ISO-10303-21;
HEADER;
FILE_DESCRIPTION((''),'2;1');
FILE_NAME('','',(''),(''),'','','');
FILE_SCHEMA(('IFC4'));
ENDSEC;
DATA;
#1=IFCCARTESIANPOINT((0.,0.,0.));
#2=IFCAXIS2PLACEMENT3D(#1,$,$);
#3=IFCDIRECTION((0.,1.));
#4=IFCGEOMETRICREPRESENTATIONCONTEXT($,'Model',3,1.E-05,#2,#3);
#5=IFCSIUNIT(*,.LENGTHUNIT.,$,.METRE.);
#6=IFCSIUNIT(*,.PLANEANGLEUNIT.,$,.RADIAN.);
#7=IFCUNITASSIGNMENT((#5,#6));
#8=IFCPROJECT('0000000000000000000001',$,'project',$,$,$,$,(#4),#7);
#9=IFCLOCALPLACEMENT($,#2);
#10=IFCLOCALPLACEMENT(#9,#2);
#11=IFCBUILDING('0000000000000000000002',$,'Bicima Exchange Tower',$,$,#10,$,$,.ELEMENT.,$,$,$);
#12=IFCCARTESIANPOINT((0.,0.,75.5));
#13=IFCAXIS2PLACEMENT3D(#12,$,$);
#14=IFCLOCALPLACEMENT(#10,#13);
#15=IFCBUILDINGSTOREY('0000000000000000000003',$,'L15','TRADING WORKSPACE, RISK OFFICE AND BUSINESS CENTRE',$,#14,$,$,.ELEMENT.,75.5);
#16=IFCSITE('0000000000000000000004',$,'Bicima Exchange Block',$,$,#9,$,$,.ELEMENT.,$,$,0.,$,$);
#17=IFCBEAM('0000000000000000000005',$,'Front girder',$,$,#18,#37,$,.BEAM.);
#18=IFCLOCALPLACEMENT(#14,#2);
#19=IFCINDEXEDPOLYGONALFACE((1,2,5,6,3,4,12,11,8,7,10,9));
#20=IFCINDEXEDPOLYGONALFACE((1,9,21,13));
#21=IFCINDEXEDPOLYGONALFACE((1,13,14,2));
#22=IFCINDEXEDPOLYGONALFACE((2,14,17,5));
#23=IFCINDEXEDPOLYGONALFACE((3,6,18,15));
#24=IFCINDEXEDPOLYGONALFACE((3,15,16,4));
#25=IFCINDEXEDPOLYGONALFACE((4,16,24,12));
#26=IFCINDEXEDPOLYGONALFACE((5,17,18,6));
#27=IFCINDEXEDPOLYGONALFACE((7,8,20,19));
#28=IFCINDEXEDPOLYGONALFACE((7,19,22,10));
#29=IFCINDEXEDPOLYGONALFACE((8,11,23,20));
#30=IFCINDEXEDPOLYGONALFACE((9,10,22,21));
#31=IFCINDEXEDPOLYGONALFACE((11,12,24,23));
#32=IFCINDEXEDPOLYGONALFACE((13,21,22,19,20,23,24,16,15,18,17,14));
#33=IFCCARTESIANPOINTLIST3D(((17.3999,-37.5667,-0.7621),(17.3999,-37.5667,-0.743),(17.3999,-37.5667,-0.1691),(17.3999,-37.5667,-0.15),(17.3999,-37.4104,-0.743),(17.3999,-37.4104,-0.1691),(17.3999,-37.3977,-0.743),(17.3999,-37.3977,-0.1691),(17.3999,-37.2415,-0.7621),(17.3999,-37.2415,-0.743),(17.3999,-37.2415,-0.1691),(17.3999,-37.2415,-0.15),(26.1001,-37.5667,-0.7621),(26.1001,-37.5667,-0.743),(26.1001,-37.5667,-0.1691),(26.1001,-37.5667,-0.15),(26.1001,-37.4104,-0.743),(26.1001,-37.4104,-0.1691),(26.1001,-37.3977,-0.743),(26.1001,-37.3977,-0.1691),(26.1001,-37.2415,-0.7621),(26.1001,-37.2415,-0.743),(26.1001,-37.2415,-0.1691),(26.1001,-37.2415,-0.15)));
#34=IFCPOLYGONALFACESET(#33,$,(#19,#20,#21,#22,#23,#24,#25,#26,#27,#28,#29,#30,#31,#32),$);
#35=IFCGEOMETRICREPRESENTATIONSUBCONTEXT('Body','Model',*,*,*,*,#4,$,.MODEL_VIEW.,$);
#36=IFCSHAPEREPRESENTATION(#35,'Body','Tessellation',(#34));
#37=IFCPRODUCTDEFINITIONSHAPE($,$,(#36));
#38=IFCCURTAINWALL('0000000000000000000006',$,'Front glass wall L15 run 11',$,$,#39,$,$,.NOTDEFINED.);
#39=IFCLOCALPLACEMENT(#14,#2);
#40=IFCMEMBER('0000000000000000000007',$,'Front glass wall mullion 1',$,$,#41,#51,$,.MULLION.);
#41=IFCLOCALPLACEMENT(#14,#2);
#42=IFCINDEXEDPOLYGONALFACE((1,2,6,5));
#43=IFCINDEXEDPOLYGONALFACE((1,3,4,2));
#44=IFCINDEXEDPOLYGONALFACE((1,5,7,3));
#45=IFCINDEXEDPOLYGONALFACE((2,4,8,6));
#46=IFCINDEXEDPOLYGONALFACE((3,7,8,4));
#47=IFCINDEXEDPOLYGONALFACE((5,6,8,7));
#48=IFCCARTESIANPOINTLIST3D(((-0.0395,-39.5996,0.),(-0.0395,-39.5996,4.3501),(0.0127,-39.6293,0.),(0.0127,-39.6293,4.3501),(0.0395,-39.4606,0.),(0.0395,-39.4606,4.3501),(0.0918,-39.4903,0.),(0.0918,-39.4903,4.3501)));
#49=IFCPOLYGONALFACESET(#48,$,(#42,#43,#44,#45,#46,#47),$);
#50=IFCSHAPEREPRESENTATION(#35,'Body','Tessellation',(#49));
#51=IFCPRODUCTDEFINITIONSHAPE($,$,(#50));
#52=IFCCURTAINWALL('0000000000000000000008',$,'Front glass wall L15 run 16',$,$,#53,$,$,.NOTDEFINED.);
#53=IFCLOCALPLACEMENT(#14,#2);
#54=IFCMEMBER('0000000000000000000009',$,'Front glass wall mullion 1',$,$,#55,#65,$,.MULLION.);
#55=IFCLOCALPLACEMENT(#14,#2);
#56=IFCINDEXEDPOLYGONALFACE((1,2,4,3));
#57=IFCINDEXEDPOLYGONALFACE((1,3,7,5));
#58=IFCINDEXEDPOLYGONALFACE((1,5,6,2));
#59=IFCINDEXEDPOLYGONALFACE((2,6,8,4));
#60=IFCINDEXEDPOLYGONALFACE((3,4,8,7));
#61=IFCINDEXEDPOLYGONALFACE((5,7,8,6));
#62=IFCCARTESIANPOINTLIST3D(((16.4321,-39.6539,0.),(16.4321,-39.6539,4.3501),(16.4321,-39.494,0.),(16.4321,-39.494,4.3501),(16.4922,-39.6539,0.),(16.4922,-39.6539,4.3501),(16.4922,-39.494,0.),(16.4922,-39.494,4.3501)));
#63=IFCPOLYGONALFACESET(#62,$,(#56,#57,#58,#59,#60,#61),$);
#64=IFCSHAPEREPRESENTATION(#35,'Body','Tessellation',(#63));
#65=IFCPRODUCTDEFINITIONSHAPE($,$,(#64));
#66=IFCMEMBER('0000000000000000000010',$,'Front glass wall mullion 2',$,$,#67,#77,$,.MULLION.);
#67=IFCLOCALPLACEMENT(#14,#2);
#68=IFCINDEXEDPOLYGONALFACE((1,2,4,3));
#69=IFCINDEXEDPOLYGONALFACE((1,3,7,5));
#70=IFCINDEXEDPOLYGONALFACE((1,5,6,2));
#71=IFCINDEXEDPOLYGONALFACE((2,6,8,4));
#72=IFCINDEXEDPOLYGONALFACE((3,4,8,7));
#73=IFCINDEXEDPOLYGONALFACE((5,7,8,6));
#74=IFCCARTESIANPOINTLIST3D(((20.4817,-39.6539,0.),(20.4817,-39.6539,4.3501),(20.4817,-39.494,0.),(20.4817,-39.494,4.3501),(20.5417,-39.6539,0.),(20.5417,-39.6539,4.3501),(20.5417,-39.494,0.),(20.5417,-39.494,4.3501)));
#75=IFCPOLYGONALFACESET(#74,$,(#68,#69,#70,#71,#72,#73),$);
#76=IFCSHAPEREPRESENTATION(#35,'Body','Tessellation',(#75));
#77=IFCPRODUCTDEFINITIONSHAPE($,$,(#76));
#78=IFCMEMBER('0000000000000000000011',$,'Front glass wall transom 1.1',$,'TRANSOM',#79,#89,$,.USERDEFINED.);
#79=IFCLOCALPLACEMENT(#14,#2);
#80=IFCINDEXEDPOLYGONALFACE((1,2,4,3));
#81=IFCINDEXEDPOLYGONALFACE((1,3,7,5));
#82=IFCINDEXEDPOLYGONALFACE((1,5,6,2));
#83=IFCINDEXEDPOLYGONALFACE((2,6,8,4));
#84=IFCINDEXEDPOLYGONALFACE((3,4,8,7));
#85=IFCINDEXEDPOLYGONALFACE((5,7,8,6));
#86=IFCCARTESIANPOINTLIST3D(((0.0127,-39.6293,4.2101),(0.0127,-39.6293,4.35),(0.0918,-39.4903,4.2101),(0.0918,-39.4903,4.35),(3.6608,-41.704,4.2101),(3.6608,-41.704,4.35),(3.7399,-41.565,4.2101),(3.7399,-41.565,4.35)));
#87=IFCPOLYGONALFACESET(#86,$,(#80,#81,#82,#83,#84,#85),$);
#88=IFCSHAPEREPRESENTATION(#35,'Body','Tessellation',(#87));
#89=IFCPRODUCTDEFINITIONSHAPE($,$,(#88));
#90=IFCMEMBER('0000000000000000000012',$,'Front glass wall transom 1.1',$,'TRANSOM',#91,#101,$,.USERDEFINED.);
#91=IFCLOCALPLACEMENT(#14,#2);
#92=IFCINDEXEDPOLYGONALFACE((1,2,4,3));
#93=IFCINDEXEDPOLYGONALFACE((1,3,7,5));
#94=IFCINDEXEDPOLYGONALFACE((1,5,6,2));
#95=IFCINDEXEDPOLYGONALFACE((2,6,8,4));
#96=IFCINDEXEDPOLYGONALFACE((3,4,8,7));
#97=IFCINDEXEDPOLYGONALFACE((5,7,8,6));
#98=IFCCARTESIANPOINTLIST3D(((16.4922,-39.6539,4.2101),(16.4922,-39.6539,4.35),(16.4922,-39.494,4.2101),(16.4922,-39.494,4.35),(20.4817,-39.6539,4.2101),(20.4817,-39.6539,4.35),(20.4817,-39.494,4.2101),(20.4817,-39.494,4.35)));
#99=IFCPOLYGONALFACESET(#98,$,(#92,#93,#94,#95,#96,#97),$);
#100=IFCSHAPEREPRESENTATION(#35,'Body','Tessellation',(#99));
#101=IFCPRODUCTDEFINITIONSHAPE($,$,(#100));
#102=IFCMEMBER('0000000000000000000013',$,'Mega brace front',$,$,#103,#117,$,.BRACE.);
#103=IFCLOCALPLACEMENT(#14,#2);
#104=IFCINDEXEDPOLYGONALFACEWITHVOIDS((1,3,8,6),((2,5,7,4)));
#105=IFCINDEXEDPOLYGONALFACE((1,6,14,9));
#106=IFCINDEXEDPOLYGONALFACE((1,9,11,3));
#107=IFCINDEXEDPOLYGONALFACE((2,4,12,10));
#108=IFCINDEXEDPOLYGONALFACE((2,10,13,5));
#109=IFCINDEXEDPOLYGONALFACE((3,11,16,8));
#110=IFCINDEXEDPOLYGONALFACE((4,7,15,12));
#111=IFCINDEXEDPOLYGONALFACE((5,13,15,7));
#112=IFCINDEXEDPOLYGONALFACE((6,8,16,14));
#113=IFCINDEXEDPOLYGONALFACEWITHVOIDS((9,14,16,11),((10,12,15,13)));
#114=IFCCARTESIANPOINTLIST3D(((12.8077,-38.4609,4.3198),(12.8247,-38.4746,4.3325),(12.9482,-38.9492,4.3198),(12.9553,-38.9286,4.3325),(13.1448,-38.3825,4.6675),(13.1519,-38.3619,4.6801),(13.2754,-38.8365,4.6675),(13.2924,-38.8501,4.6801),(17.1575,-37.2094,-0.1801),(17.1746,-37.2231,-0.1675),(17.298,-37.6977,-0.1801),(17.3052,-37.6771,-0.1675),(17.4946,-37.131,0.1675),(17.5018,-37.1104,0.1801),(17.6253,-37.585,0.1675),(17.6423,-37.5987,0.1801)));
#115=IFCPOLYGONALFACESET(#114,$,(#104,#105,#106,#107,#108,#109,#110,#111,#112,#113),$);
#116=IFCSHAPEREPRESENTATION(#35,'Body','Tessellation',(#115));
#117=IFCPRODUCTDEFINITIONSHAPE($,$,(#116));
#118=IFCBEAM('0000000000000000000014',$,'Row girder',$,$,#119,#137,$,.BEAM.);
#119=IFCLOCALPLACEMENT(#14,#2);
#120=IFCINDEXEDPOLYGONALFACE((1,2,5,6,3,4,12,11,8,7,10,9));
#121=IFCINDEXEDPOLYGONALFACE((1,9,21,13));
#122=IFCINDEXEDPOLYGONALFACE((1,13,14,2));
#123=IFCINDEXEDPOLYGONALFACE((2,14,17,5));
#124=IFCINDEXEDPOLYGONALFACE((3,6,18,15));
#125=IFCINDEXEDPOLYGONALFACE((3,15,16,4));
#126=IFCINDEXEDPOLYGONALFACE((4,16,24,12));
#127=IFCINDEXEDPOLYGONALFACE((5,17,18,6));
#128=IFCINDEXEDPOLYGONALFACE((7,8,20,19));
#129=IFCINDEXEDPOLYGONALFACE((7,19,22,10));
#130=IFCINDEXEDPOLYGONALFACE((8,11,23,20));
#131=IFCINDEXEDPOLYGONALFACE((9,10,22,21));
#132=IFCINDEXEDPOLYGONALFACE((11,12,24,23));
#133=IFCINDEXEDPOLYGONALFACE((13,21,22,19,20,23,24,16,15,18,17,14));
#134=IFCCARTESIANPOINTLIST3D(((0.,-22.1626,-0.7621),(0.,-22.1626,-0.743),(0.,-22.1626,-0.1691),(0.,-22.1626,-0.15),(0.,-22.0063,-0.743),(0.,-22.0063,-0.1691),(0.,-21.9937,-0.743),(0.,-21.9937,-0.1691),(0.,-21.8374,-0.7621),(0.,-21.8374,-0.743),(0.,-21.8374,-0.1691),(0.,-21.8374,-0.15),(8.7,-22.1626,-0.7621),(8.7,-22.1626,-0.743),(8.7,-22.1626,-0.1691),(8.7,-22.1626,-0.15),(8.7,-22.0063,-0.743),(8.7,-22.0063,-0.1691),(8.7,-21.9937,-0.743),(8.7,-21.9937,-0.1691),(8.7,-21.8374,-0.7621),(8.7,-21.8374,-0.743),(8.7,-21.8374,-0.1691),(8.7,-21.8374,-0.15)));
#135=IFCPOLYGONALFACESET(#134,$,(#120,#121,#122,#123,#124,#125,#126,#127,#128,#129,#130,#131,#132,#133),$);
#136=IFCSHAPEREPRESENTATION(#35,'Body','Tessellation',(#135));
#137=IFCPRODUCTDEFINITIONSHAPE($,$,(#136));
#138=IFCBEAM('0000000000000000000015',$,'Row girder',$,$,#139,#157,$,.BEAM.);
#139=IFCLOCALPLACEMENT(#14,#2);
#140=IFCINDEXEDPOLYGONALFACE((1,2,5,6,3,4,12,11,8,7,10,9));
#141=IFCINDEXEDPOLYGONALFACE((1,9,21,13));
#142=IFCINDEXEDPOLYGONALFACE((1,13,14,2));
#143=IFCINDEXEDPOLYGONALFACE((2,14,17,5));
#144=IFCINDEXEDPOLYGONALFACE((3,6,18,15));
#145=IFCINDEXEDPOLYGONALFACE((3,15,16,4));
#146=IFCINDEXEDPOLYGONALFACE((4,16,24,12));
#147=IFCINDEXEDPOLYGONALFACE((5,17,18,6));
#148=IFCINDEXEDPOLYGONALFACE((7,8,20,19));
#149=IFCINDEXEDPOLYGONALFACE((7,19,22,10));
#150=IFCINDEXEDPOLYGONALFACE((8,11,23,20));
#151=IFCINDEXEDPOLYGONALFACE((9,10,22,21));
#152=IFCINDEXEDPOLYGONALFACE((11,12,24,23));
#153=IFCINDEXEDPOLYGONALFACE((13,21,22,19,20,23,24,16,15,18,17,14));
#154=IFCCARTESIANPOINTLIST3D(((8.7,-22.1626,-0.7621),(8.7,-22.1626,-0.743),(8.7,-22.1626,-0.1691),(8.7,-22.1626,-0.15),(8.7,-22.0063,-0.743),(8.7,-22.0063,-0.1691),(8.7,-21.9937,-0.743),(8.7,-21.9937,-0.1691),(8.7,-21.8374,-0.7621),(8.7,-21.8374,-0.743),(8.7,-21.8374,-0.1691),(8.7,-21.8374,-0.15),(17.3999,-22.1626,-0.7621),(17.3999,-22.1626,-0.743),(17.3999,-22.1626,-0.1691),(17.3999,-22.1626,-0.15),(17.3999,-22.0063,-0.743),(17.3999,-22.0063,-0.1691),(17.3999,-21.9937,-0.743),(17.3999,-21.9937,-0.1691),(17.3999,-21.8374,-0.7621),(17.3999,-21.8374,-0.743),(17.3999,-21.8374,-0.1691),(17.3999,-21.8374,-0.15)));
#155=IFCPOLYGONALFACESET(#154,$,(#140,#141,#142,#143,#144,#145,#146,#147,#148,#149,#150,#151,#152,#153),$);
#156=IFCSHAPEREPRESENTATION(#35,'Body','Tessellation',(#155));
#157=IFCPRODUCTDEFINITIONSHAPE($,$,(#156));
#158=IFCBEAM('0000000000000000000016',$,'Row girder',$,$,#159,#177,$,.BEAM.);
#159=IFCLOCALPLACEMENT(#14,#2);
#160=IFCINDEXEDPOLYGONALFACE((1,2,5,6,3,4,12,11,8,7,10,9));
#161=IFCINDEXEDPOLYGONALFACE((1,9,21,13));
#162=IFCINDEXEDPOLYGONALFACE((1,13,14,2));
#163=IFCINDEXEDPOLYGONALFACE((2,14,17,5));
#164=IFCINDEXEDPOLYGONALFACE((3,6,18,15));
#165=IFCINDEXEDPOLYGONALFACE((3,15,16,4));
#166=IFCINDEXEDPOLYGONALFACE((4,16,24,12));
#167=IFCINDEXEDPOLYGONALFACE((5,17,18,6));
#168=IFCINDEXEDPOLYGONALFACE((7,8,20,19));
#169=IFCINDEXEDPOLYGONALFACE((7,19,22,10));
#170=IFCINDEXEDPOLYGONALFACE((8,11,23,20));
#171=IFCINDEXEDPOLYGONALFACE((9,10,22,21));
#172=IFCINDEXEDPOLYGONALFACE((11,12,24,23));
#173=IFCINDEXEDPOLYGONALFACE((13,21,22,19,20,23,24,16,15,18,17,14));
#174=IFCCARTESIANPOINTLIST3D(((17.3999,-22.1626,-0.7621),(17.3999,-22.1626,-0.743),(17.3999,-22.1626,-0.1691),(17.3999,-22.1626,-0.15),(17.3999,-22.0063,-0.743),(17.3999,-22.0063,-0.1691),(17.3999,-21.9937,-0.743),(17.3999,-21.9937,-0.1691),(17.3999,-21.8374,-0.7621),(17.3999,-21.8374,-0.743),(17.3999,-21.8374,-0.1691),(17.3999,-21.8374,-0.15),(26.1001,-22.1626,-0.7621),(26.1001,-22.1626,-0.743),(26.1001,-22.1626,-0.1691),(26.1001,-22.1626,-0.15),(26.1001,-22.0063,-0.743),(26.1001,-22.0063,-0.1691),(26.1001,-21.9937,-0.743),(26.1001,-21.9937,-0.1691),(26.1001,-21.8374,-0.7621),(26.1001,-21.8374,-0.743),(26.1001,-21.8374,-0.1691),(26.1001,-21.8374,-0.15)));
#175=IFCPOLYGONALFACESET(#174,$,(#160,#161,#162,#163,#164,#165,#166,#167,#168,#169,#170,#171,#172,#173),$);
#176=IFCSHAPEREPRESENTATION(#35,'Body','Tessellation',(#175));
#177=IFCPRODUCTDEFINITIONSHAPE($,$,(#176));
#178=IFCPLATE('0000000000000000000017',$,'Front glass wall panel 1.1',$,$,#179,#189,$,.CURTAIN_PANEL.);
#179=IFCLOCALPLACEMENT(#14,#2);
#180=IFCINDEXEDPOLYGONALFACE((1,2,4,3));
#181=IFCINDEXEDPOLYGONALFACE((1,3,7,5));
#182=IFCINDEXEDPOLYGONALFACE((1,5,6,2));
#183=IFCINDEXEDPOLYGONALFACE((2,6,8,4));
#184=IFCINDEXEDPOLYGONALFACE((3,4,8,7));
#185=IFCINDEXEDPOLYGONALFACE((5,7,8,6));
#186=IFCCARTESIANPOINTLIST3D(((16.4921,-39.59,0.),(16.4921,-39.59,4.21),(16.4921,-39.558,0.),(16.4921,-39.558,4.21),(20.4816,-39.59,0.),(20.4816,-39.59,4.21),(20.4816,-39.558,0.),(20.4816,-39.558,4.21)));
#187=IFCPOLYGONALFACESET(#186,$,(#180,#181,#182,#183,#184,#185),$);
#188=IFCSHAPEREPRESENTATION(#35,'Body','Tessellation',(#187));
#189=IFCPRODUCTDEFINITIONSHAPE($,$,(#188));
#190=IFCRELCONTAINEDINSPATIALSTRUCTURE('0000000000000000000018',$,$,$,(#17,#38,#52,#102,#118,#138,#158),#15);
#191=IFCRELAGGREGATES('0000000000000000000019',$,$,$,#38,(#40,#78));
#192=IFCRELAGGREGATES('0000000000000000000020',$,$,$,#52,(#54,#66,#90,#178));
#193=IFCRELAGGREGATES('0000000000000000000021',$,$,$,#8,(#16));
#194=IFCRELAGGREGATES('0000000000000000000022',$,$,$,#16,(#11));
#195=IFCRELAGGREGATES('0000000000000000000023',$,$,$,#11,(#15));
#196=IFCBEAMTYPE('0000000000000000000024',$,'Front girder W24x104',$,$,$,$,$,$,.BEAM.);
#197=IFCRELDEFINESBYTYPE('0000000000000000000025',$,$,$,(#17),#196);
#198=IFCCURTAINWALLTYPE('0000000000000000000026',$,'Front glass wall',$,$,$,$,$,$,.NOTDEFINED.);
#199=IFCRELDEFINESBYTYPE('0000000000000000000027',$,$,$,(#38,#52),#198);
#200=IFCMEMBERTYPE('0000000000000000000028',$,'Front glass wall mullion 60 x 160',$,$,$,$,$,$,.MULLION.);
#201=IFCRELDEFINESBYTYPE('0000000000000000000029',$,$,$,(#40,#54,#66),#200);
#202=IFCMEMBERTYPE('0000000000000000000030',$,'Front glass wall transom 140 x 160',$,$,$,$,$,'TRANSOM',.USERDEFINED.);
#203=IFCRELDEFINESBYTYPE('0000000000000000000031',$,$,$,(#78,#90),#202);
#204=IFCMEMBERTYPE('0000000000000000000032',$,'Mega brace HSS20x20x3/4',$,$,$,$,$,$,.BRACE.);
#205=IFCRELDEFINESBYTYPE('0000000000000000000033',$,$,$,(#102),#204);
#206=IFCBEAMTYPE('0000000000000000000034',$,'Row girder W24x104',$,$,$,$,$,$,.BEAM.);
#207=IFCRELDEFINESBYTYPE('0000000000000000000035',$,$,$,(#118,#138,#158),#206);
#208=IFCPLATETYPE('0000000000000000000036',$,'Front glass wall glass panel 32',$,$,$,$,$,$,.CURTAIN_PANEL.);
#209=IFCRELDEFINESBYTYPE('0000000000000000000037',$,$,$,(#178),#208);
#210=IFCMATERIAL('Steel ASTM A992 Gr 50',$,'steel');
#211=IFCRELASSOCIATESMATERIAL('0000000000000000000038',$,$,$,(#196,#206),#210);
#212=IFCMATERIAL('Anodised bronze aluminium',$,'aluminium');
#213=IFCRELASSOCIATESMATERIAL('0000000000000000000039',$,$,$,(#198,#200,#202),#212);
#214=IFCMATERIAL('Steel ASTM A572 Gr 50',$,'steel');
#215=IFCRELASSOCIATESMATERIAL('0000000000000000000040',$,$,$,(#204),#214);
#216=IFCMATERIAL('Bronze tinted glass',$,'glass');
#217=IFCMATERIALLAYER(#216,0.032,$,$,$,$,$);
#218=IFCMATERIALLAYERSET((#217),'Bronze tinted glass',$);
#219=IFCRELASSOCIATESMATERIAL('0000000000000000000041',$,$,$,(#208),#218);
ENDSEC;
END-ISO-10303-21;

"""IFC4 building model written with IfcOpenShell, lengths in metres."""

from ifc_helpers import new_model, si_unit, direction, frame, origin, origin_2d, place, context, subcontext, project, spatial, rectangle, hollow_rectangle, i_section, extrude, material, layer, layer_set, material_profile, profile_set, type_object, element, aggregate, save


model = new_model("IFC4")

# Units and contexts
model_context = context("Model", 3, precision=1e-05, world=origin(), true_north=direction((0.0, 1.0)))
body_context = subcontext(model_context, "Body", "Model", "MODEL_VIEW")
ifc_project = project(units=[si_unit("LENGTHUNIT", "METRE"), si_unit("PLANEANGLEUNIT", "RADIAN")], contexts=[model_context])

# Site, building, storey
site_placement = place(None, origin())
site = spatial("IfcSite", under=ifc_project, at=site_placement, Name="Bicima Exchange Block", CompositionType="ELEMENT", RefElevation=0.0)
building_placement = place(site_placement, origin())
building = spatial("IfcBuilding", under=site, at=building_placement, Name="Bicima Exchange Tower", CompositionType="ELEMENT")
storey_placement = place(building_placement, frame((0.0, 0.0, 75.5)))
storey = spatial("IfcBuildingStorey", under=building, at=storey_placement, Name="L15", Description="TRADING WORKSPACE, RISK OFFICE AND BUSINESS CENTRE", CompositionType="ELEMENT", Elevation=75.5)

# Shared definitions
ifc_material_1 = material(Name="Steel ASTM A992 Gr 50", Category="steel")

# Beam
ifc_material_profile_1 = material_profile(ifc_material_1, i_section(OverallWidth=0.3252, OverallDepth=0.6121, WebThickness=0.0127, FlangeThickness=0.019, at=origin_2d()))
ifc_profile_set_1 = profile_set([ifc_material_profile_1], Name="Steel ASTM A992 Gr 50")
beam_type_1 = type_object("IfcBeamType", Name="Front girder W24x104", PredefinedType="BEAM", material=ifc_profile_set_1)
beam_1_placement = place(storey_placement, frame((17.3999, -37.4041, -0.4561), z_axis=(1.0, 0.0, 0.0), x_axis=(0.0, 1.0, 0.0)))
element("IfcBeam", 1, at=beam_1_placement, inside=storey, type_object=beam_type_1, Name="Front girder", PredefinedType="BEAM", context=body_context, shape_type="SweptSolid", body=[
    extrude(i_section(OverallWidth=0.3252, OverallDepth=0.6121, WebThickness=0.0127, FlangeThickness=0.019, at=origin_2d()), origin(), (0.0, 0.0, 1.0), 8.7002),
])

# Curtain wall, member
ifc_material_2 = material(Name="Anodised bronze aluminium", Category="aluminium")
curtain_wall_type = type_object("IfcCurtainWallType", Name="Front glass wall", PredefinedType="NOTDEFINED", material=ifc_material_2)
curtain_wall_1_placement = place(storey_placement, origin())
curtain_wall_1 = element("IfcCurtainWall", 2, at=curtain_wall_1_placement, inside=storey, type_object=curtain_wall_type, Name="Front glass wall L15 run 11", PredefinedType="NOTDEFINED")
ifc_material_profile_2 = material_profile(ifc_material_2, rectangle(XDim=0.1599, YDim=0.0601, at=origin_2d()))
ifc_profile_set_2 = profile_set([ifc_material_profile_2], Name="Anodised bronze aluminium")
member_type_1 = type_object("IfcMemberType", Name="Front glass wall mullion 60 x 160", PredefinedType="MULLION", material=ifc_profile_set_2)
member_1_placement = place(storey_placement, frame((0.0261, -39.5449, 0.0), z_axis=(0.0, 0.0, 1.0), x_axis=(0.49433, 0.869274, 0.0)))
member_1 = element("IfcMember", 3, at=member_1_placement, type_object=member_type_1, Name="Front glass wall mullion 1", PredefinedType="MULLION", context=body_context, shape_type="SweptSolid", body=[
    extrude(rectangle(XDim=0.1599, YDim=0.0601, at=origin_2d()), origin(), (0.0, 0.0, 1.0), 4.3501),
])

# Curtain wall, members
curtain_wall_2_placement = place(storey_placement, origin())
curtain_wall_2 = element("IfcCurtainWall", 4, at=curtain_wall_2_placement, inside=storey, type_object=curtain_wall_type, Name="Front glass wall L15 run 16", PredefinedType="NOTDEFINED")
member_2_placement = place(storey_placement, frame((16.4622, -39.574, 0.0), z_axis=(0.0, 0.0, 1.0), x_axis=(0.0, 1.0, 0.0)))
member_2 = element("IfcMember", 5, at=member_2_placement, type_object=member_type_1, Name="Front glass wall mullion 1", PredefinedType="MULLION", context=body_context, shape_type="SweptSolid", body=[
    extrude(rectangle(XDim=0.1599, YDim=0.0601, at=origin_2d()), origin(), (0.0, 0.0, 1.0), 4.3501),
])
member_3_placement = place(storey_placement, frame((20.5117, -39.574, 0.0), z_axis=(0.0, 0.0, 1.0), x_axis=(0.0, 1.0, 0.0)))
member_3 = element("IfcMember", 6, at=member_3_placement, type_object=member_type_1, Name="Front glass wall mullion 2", PredefinedType="MULLION", context=body_context, shape_type="SweptSolid", body=[
    extrude(rectangle(XDim=0.1599, YDim=0.0601, at=origin_2d()), origin(), (0.0, 0.0, 1.0), 4.3501),
])

# Members
ifc_material_profile_3 = material_profile(ifc_material_2, rectangle(XDim=0.1599, YDim=0.1399, at=origin_2d()))
ifc_profile_set_3 = profile_set([ifc_material_profile_3], Name="Anodised bronze aluminium")
member_type_2 = type_object("IfcMemberType", Name="Front glass wall transom 140 x 160", ElementType="TRANSOM", PredefinedType="USERDEFINED", material=ifc_profile_set_3)
member_4_placement = place(storey_placement, frame((0.0522, -39.5598, 4.28), z_axis=(0.869265, -0.494346, 0.0), x_axis=(0.494346, 0.869265, 0.0)))
member_4 = element("IfcMember", 7, at=member_4_placement, type_object=member_type_2, Name="Front glass wall transom 1.1", ObjectType="TRANSOM", PredefinedType="USERDEFINED", context=body_context, shape_type="SweptSolid", body=[
    extrude(rectangle(XDim=0.1599, YDim=0.1399, at=origin_2d()), origin(), (0.0, 0.0, 1.0), 4.1968),
])
aggregate(curtain_wall_1, [member_1, member_4])
member_5_placement = place(storey_placement, frame((16.4922, -39.574, 4.28), z_axis=(1.0, 0.0, 0.0), x_axis=(0.0, 1.0, 0.0)))
member_5 = element("IfcMember", 8, at=member_5_placement, type_object=member_type_2, Name="Front glass wall transom 1.1", ObjectType="TRANSOM", PredefinedType="USERDEFINED", context=body_context, shape_type="SweptSolid", body=[
    extrude(rectangle(XDim=0.1599, YDim=0.1399, at=origin_2d()), origin(), (0.0, 0.0, 1.0), 3.9895),
])
ifc_material_3 = material(Name="Steel ASTM A572 Gr 50", Category="steel")
ifc_material_profile_4 = material_profile(ifc_material_3, hollow_rectangle(XDim=0.5081, YDim=0.5081, WallThickness=0.0178, at=origin_2d()))
ifc_profile_set_4 = profile_set([ifc_material_profile_4], Name="Steel ASTM A572 Gr 50")
member_type_3 = type_object("IfcMemberType", Name="Mega brace HSS20x20x3/4", PredefinedType="BRACE", material=ifc_profile_set_4)
member_6_placement = place(storey_placement, frame((17.3999, -37.4041, 0.0), z_axis=(-0.681519, -0.196075, 0.705044), x_axis=(0.276487, -0.961018, 0.0)))
element("IfcMember", 9, at=member_6_placement, inside=storey, type_object=member_type_3, Name="Mega brace front", PredefinedType="BRACE", context=body_context, shape_type="SweptSolid", body=[
    extrude(hollow_rectangle(XDim=0.5081, YDim=0.5081, WallThickness=0.0178, at=origin_2d()), origin(), (0.0, 0.0, 1.0), 6.3826),
])

# Beams
beam_type_2 = type_object("IfcBeamType", Name="Row girder W24x104", PredefinedType="BEAM", material=ifc_profile_set_1)
for number, where, z_axis, x_axis, name in (
    (10, (0.0, -22.0, -0.4561), (1.0, 0.0, 0.0), (0.0, 1.0, 0.0), "Row girder"),
    (11, (8.7, -22.0, -0.4561), (1.0, 0.0, 0.0), (0.0, 1.0, 0.0), "Row girder"),
):
    element("IfcBeam", number, at=place(storey_placement, frame(where, z_axis=z_axis, x_axis=x_axis)), inside=storey, type_object=beam_type_2, Name=name, PredefinedType="BEAM", context=body_context, shape_type="SweptSolid", body=[
        extrude(i_section(OverallWidth=0.3252, OverallDepth=0.6121, WebThickness=0.0127, FlangeThickness=0.019, at=origin_2d()), origin(), (0.0, 0.0, 1.0), 8.7),
    ])
beam_2_placement = place(storey_placement, frame((17.3999, -22.0, -0.4561), z_axis=(1.0, 0.0, 0.0), x_axis=(0.0, 1.0, 0.0)))
element("IfcBeam", 12, at=beam_2_placement, inside=storey, type_object=beam_type_2, Name="Row girder", PredefinedType="BEAM", context=body_context, shape_type="SweptSolid", body=[
    extrude(i_section(OverallWidth=0.3252, OverallDepth=0.6121, WebThickness=0.0127, FlangeThickness=0.019, at=origin_2d()), origin(), (0.0, 0.0, 1.0), 8.7002),
])

# Plate
ifc_material_4 = material(Name="Bronze tinted glass", Category="glass")
ifc_layer_1 = layer(ifc_material_4, 0.032)
ifc_layer_set_1 = layer_set([ifc_layer_1], Name="Bronze tinted glass")
plate_type = type_object("IfcPlateType", Name="Front glass wall glass panel 32", PredefinedType="CURTAIN_PANEL", material=ifc_layer_set_1)
plate_placement = place(storey_placement, frame((18.4868, -39.574, 0.0), z_axis=(0.0, 0.0, 1.0), x_axis=(1.0, 0.0, 0.0)))
plate = element("IfcPlate", 13, at=plate_placement, type_object=plate_type, Name="Front glass wall panel 1.1", PredefinedType="CURTAIN_PANEL", context=body_context, shape_type="SweptSolid", body=[
    extrude(rectangle(XDim=3.9895, YDim=0.032, at=origin_2d()), origin(), (0.0, 0.0, 1.0), 4.21),
])
aggregate(curtain_wall_2, [member_2, member_3, member_5, plate])

save(model, "model.ifc")
